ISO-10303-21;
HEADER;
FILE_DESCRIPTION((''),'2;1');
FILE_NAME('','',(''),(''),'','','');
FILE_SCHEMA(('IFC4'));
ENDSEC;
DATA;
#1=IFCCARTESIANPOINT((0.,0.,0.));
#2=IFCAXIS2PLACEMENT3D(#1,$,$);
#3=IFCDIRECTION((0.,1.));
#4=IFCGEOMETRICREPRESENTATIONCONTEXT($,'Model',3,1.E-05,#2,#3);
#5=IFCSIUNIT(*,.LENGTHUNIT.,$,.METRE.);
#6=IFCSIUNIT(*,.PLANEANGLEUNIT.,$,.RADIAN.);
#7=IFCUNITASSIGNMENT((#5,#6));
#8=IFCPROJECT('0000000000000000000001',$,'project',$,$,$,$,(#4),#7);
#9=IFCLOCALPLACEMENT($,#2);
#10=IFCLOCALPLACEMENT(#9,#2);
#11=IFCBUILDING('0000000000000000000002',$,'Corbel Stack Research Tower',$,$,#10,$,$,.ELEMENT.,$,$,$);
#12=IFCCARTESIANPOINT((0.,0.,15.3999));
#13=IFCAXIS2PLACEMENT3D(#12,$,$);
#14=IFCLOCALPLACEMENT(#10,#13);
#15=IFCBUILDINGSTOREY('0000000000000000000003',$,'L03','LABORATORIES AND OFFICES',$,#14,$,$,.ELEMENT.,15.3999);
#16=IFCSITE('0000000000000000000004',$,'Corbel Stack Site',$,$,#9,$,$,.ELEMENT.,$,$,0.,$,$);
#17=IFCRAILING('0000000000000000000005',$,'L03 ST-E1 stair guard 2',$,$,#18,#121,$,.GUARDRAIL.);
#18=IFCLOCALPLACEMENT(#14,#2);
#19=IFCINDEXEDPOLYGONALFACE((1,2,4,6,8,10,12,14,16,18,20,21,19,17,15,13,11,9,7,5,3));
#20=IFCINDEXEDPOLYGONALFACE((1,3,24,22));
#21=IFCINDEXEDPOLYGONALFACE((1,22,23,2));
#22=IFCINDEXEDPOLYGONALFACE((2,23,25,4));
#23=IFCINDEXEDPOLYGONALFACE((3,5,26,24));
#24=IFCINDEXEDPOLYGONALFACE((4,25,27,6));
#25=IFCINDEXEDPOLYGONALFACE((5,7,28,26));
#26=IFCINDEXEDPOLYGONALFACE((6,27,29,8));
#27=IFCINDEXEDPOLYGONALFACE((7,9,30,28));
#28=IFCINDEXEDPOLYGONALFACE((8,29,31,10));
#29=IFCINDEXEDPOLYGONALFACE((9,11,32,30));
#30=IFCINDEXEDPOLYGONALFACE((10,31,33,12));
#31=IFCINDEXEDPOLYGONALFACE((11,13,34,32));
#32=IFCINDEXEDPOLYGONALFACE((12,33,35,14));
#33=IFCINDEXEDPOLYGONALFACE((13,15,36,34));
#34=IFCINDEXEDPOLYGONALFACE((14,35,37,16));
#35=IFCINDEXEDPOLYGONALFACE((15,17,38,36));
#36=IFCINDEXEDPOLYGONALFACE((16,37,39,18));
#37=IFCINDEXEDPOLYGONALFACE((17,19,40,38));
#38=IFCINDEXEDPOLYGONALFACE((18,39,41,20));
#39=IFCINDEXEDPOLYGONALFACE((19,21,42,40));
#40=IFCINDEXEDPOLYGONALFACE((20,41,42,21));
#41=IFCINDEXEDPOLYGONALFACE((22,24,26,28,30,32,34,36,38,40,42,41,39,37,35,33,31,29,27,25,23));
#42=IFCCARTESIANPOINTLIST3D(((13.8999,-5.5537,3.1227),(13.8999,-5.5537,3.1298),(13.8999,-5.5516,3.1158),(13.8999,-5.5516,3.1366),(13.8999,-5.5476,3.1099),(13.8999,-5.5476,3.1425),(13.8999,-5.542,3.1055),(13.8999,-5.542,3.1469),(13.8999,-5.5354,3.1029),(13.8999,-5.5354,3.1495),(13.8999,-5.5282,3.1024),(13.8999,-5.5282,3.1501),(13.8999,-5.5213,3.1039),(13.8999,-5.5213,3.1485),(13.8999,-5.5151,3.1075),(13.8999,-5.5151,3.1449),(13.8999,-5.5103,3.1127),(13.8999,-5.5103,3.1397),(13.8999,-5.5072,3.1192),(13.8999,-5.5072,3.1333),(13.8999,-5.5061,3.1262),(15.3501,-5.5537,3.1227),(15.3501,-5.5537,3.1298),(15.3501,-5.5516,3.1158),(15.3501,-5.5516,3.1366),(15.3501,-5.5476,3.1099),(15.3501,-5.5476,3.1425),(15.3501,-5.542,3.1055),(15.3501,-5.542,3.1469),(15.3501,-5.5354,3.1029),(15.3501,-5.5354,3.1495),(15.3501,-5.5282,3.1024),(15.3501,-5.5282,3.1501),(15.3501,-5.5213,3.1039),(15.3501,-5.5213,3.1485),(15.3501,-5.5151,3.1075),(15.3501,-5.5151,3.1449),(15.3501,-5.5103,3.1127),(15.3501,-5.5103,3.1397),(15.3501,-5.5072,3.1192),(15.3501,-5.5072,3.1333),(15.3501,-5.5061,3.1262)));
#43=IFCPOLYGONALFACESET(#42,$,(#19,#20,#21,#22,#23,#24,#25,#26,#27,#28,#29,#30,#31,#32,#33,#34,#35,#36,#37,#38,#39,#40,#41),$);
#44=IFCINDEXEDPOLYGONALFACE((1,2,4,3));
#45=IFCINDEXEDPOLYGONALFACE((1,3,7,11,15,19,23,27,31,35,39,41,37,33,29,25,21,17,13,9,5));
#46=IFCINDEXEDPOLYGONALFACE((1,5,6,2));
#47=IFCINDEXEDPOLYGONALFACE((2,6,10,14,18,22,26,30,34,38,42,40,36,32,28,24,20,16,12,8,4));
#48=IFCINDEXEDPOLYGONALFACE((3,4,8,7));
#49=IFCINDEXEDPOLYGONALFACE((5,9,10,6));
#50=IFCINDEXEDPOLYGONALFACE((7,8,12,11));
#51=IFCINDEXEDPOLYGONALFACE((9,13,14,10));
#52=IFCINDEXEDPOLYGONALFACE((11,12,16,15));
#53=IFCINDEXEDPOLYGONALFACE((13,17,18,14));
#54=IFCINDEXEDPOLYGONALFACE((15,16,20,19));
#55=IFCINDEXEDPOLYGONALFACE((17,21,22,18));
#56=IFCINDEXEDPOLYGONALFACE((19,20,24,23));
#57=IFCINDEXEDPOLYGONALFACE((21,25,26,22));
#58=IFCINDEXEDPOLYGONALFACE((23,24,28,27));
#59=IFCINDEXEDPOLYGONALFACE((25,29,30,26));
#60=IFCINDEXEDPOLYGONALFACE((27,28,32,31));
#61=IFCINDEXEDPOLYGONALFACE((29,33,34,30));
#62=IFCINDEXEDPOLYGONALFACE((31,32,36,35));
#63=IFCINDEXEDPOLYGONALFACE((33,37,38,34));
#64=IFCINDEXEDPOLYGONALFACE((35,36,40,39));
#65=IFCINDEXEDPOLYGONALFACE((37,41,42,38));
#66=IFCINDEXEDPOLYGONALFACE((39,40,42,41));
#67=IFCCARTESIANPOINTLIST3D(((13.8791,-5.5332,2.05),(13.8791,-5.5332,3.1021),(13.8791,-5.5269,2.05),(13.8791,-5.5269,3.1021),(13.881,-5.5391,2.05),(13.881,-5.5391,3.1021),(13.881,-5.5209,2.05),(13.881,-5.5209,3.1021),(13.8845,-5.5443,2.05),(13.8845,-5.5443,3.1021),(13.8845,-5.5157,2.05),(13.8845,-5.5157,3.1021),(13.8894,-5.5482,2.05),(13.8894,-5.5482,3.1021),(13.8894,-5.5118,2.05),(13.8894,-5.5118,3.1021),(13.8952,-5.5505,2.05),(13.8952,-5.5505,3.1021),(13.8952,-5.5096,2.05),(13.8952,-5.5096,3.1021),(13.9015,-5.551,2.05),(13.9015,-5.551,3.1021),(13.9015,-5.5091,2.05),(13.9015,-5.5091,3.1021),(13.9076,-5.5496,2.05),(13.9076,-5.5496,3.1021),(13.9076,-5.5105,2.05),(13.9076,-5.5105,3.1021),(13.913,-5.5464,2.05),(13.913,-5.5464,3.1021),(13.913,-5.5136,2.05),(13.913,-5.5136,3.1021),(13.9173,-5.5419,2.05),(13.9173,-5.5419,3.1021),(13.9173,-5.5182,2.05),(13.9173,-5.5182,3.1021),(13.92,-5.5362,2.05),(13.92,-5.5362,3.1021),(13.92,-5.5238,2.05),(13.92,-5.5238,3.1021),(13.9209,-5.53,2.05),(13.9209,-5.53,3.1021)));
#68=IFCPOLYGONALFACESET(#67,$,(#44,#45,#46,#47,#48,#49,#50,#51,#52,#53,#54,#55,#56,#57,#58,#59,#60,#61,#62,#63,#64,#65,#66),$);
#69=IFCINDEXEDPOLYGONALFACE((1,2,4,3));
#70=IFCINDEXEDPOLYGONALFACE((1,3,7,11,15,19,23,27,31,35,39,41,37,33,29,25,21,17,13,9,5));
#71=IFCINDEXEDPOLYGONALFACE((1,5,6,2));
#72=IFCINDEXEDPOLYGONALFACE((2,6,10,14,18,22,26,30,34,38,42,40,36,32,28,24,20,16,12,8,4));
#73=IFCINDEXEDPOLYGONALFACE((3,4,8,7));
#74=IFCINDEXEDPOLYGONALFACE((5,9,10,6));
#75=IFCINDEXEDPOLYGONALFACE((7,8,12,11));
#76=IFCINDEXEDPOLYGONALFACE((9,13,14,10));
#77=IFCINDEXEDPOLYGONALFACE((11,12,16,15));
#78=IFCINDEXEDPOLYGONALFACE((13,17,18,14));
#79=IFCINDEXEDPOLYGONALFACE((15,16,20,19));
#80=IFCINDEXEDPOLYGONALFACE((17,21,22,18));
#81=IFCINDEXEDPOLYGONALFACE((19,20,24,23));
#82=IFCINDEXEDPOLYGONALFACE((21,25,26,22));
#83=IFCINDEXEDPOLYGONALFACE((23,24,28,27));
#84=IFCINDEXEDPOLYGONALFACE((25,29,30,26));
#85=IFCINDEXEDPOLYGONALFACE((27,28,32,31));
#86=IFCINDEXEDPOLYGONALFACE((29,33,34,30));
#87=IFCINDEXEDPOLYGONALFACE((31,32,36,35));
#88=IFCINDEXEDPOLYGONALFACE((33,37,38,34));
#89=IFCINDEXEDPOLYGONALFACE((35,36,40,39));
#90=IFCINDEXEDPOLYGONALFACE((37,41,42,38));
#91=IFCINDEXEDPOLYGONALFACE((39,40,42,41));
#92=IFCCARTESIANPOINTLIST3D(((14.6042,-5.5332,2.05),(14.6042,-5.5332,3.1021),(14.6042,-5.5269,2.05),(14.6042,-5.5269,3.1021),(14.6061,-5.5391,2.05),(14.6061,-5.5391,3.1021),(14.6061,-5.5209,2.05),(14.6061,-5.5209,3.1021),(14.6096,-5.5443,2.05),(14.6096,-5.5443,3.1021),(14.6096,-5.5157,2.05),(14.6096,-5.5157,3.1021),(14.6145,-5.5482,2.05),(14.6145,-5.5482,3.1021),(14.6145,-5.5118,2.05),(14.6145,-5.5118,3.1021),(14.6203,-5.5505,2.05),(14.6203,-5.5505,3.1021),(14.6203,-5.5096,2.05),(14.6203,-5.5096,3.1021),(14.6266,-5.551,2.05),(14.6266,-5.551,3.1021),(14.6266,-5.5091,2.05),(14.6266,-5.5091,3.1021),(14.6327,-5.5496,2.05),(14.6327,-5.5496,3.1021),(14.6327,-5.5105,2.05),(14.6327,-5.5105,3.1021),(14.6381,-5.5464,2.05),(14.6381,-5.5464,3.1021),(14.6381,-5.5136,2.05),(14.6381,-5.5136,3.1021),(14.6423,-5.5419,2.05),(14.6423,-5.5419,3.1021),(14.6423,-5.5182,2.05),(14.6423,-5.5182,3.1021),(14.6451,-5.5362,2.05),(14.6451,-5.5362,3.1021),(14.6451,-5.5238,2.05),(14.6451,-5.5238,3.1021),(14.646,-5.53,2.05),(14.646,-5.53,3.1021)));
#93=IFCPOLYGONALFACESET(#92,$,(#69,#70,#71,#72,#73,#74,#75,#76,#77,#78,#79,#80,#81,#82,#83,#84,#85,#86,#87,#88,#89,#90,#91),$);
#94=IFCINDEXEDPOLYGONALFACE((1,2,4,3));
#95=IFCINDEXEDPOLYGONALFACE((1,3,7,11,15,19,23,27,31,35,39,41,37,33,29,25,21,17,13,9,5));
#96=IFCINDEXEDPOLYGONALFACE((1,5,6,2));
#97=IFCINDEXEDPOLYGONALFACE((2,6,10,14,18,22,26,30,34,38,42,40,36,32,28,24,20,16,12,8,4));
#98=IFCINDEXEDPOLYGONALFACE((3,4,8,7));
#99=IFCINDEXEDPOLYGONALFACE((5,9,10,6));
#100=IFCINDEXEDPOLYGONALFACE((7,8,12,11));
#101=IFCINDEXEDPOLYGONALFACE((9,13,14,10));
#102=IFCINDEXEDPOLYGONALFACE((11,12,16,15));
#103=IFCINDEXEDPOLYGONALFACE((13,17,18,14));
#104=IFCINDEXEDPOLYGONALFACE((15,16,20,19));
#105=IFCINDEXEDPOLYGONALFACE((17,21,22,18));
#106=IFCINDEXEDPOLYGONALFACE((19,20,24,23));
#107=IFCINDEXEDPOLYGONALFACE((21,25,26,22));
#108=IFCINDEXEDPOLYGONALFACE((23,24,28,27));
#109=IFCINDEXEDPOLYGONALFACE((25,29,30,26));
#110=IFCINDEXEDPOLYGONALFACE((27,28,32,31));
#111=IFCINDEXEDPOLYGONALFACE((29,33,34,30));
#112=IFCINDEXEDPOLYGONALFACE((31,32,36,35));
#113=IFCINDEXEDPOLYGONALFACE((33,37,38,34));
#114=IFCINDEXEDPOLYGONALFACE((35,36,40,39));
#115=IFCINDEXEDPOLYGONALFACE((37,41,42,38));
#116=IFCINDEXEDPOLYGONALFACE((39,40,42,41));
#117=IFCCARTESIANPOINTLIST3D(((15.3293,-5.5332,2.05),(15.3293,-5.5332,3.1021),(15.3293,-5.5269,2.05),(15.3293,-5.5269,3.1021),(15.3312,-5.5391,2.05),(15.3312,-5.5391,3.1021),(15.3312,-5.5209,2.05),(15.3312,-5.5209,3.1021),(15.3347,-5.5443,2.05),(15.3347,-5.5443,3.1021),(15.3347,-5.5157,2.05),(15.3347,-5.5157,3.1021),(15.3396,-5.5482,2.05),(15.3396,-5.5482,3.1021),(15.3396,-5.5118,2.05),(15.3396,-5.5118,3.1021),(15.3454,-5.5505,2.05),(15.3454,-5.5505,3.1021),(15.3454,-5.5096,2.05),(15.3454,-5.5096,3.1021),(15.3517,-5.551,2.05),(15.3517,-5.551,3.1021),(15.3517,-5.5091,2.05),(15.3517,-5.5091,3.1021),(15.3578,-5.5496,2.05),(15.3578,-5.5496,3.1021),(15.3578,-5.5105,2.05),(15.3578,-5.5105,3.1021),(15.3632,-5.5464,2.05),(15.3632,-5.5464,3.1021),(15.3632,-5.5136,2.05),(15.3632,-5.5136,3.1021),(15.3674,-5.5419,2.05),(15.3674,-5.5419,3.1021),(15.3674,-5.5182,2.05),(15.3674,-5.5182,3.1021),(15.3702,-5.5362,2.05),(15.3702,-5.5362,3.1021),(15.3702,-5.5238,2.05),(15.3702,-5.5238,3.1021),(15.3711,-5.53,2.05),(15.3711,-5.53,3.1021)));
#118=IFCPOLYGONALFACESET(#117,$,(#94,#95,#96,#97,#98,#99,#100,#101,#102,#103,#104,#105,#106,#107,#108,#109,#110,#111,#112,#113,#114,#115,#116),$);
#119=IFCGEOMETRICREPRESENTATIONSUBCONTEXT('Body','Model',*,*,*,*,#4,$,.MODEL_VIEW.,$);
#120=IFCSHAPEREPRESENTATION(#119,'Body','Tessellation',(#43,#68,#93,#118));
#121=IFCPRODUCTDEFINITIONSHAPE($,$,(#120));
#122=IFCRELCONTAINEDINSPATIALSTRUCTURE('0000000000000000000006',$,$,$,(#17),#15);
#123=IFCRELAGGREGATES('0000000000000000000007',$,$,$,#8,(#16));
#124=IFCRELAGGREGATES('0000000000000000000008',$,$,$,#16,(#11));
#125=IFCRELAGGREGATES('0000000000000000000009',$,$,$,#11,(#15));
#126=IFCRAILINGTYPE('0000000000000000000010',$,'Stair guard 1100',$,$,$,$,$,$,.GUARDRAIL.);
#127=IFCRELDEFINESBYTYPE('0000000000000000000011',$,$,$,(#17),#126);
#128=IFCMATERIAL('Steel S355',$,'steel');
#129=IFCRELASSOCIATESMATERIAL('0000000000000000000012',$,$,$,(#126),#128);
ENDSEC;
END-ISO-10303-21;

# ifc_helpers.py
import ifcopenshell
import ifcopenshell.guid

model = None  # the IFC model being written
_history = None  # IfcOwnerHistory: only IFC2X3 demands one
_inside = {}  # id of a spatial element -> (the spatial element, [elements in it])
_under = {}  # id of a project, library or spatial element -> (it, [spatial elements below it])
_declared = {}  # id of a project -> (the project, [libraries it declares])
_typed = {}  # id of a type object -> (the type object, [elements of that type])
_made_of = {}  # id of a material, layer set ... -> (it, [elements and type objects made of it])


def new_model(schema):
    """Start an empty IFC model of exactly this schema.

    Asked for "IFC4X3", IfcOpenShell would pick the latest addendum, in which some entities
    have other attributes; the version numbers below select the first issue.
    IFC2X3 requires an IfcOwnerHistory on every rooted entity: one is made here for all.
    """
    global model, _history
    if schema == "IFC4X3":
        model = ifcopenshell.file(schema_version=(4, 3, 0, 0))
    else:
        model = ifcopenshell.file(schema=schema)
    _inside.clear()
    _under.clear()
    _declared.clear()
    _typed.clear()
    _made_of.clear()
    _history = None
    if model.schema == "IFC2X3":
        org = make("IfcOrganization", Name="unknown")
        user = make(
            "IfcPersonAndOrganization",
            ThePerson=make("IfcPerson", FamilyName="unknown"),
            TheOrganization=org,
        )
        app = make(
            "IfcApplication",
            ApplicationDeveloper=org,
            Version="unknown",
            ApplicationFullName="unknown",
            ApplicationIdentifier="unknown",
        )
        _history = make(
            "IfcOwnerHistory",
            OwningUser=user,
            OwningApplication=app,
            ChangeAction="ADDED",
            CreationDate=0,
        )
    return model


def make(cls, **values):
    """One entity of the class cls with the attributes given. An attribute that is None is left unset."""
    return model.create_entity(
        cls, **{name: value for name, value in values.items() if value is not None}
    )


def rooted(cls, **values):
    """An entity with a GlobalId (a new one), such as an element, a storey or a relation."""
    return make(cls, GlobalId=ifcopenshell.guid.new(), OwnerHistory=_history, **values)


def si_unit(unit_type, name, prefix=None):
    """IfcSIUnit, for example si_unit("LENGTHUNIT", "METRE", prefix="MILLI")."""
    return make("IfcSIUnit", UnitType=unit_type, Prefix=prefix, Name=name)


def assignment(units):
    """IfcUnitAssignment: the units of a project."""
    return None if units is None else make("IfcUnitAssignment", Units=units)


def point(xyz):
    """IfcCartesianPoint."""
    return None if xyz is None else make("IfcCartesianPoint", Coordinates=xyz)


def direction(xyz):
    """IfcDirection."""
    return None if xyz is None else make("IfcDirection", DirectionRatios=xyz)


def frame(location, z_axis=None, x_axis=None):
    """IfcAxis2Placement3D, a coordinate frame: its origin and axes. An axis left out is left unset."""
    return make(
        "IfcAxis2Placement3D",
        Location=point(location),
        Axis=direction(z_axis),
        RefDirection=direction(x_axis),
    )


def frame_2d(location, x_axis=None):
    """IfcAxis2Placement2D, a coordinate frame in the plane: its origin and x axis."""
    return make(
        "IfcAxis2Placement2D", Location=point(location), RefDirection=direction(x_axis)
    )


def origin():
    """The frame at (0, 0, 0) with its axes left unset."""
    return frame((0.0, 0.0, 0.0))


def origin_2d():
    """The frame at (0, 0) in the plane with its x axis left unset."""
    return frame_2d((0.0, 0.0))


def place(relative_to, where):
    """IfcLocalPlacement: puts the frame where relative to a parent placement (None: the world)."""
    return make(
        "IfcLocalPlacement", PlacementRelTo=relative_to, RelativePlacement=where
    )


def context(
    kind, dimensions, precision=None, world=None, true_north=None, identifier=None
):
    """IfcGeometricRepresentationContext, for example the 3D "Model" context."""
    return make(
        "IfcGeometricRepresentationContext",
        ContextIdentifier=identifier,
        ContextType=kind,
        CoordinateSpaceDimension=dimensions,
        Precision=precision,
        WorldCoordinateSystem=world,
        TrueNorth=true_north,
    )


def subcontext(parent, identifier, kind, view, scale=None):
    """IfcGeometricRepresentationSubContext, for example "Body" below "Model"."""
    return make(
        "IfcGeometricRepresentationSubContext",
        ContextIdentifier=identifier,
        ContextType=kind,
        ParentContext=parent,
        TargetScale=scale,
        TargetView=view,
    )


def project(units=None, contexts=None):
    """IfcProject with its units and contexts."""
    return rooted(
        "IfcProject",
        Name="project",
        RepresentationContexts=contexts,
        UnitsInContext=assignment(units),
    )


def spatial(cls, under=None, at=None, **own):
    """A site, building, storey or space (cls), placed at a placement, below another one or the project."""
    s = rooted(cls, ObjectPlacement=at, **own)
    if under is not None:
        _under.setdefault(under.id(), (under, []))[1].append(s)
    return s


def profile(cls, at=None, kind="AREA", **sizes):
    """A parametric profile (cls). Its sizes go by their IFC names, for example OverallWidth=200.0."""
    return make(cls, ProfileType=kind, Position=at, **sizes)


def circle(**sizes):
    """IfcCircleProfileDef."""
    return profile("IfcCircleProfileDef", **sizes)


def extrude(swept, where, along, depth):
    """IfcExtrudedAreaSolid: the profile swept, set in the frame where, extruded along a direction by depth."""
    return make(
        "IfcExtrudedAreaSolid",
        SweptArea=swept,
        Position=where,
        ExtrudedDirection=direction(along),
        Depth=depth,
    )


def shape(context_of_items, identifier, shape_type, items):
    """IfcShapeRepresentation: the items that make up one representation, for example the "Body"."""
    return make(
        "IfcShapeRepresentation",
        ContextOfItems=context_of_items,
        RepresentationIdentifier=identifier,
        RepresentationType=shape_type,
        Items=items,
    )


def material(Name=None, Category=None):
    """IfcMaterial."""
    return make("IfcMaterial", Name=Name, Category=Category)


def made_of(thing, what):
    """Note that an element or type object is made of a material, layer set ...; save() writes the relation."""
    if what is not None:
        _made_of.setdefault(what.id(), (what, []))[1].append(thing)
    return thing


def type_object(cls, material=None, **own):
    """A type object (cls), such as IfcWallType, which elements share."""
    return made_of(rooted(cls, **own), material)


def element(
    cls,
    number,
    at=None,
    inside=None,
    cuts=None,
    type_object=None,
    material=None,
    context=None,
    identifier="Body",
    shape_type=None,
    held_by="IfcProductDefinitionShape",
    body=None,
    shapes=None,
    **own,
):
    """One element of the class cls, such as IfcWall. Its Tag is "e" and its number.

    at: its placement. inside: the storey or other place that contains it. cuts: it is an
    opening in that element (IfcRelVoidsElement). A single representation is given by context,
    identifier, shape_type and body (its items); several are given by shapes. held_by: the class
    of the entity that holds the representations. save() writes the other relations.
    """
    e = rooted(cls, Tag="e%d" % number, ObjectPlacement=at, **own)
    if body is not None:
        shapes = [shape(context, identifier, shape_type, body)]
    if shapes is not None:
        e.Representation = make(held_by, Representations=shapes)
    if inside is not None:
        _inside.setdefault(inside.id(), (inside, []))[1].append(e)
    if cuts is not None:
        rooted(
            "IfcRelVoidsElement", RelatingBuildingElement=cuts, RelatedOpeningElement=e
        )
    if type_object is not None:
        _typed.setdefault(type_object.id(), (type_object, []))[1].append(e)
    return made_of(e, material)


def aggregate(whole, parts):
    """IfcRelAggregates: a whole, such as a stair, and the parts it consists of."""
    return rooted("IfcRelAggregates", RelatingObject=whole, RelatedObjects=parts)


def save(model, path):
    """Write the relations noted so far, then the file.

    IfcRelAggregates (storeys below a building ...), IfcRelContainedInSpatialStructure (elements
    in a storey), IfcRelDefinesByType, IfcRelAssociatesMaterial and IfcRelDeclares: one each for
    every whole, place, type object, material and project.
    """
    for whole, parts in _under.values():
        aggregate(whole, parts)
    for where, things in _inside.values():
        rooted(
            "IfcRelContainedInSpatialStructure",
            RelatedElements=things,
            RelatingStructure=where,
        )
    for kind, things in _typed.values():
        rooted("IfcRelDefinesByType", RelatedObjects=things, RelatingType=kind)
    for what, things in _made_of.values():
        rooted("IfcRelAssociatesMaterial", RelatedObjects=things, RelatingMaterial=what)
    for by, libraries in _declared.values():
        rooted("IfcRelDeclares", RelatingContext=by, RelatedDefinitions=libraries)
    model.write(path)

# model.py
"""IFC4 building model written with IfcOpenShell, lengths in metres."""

from ifc_helpers import new_model, si_unit, direction, frame, origin, origin_2d, place, context, subcontext, project, spatial, circle, extrude, material, type_object, element, save


model = new_model("IFC4")

# Units and contexts
model_context = context("Model", 3, precision=1e-05, world=origin(), true_north=direction((0.0, 1.0)))
body_context = subcontext(model_context, "Body", "Model", "MODEL_VIEW")
ifc_project = project(units=[si_unit("LENGTHUNIT", "METRE"), si_unit("PLANEANGLEUNIT", "RADIAN")], contexts=[model_context])

# Site, building, storey
site_placement = place(None, origin())
site = spatial("IfcSite", under=ifc_project, at=site_placement, Name="Corbel Stack Site", CompositionType="ELEMENT", RefElevation=0.0)
building_placement = place(site_placement, origin())
building = spatial("IfcBuilding", under=site, at=building_placement, Name="Corbel Stack Research Tower", CompositionType="ELEMENT")
storey_placement = place(building_placement, frame((0.0, 0.0, 15.3999)))
storey = spatial("IfcBuildingStorey", under=building, at=storey_placement, Name="L03", Description="LABORATORIES AND OFFICES", CompositionType="ELEMENT", Elevation=15.3999)

# Railing
ifc_material_1 = material(Name="Steel S355", Category="steel")
railing_type_1 = type_object("IfcRailingType", Name="Stair guard 1100", PredefinedType="GUARDRAIL", material=ifc_material_1)
railing_1_placement = place(storey_placement, frame((13.8999, -5.53, 2.05)))
element("IfcRailing", 1, at=railing_1_placement, inside=storey, type_object=railing_type_1, Name="L03 ST-E1 stair guard 2", PredefinedType="GUARDRAIL", context=body_context, shape_type="SweptSolid", body=[
    extrude(circle(Radius=0.0239, at=origin_2d()), frame((0.0, 0.0, 1.0762), z_axis=(1.0, 0.0, 0.0), x_axis=(0.0, 1.0, 0.0)), (0.0, 0.0, 1.0), 1.4502),
    extrude(circle(Radius=0.021, at=origin_2d()), origin(), (0.0, 0.0, 1.0), 1.052),
    extrude(circle(Radius=0.021, at=origin_2d()), frame((0.7251, 0.0, 0.0)), (0.0, 0.0, 1.0), 1.052),
    extrude(circle(Radius=0.021, at=origin_2d()), frame((1.4502, 0.0, 0.0)), (0.0, 0.0, 1.0), 1.052),
])

save(model, "model.ifc")
